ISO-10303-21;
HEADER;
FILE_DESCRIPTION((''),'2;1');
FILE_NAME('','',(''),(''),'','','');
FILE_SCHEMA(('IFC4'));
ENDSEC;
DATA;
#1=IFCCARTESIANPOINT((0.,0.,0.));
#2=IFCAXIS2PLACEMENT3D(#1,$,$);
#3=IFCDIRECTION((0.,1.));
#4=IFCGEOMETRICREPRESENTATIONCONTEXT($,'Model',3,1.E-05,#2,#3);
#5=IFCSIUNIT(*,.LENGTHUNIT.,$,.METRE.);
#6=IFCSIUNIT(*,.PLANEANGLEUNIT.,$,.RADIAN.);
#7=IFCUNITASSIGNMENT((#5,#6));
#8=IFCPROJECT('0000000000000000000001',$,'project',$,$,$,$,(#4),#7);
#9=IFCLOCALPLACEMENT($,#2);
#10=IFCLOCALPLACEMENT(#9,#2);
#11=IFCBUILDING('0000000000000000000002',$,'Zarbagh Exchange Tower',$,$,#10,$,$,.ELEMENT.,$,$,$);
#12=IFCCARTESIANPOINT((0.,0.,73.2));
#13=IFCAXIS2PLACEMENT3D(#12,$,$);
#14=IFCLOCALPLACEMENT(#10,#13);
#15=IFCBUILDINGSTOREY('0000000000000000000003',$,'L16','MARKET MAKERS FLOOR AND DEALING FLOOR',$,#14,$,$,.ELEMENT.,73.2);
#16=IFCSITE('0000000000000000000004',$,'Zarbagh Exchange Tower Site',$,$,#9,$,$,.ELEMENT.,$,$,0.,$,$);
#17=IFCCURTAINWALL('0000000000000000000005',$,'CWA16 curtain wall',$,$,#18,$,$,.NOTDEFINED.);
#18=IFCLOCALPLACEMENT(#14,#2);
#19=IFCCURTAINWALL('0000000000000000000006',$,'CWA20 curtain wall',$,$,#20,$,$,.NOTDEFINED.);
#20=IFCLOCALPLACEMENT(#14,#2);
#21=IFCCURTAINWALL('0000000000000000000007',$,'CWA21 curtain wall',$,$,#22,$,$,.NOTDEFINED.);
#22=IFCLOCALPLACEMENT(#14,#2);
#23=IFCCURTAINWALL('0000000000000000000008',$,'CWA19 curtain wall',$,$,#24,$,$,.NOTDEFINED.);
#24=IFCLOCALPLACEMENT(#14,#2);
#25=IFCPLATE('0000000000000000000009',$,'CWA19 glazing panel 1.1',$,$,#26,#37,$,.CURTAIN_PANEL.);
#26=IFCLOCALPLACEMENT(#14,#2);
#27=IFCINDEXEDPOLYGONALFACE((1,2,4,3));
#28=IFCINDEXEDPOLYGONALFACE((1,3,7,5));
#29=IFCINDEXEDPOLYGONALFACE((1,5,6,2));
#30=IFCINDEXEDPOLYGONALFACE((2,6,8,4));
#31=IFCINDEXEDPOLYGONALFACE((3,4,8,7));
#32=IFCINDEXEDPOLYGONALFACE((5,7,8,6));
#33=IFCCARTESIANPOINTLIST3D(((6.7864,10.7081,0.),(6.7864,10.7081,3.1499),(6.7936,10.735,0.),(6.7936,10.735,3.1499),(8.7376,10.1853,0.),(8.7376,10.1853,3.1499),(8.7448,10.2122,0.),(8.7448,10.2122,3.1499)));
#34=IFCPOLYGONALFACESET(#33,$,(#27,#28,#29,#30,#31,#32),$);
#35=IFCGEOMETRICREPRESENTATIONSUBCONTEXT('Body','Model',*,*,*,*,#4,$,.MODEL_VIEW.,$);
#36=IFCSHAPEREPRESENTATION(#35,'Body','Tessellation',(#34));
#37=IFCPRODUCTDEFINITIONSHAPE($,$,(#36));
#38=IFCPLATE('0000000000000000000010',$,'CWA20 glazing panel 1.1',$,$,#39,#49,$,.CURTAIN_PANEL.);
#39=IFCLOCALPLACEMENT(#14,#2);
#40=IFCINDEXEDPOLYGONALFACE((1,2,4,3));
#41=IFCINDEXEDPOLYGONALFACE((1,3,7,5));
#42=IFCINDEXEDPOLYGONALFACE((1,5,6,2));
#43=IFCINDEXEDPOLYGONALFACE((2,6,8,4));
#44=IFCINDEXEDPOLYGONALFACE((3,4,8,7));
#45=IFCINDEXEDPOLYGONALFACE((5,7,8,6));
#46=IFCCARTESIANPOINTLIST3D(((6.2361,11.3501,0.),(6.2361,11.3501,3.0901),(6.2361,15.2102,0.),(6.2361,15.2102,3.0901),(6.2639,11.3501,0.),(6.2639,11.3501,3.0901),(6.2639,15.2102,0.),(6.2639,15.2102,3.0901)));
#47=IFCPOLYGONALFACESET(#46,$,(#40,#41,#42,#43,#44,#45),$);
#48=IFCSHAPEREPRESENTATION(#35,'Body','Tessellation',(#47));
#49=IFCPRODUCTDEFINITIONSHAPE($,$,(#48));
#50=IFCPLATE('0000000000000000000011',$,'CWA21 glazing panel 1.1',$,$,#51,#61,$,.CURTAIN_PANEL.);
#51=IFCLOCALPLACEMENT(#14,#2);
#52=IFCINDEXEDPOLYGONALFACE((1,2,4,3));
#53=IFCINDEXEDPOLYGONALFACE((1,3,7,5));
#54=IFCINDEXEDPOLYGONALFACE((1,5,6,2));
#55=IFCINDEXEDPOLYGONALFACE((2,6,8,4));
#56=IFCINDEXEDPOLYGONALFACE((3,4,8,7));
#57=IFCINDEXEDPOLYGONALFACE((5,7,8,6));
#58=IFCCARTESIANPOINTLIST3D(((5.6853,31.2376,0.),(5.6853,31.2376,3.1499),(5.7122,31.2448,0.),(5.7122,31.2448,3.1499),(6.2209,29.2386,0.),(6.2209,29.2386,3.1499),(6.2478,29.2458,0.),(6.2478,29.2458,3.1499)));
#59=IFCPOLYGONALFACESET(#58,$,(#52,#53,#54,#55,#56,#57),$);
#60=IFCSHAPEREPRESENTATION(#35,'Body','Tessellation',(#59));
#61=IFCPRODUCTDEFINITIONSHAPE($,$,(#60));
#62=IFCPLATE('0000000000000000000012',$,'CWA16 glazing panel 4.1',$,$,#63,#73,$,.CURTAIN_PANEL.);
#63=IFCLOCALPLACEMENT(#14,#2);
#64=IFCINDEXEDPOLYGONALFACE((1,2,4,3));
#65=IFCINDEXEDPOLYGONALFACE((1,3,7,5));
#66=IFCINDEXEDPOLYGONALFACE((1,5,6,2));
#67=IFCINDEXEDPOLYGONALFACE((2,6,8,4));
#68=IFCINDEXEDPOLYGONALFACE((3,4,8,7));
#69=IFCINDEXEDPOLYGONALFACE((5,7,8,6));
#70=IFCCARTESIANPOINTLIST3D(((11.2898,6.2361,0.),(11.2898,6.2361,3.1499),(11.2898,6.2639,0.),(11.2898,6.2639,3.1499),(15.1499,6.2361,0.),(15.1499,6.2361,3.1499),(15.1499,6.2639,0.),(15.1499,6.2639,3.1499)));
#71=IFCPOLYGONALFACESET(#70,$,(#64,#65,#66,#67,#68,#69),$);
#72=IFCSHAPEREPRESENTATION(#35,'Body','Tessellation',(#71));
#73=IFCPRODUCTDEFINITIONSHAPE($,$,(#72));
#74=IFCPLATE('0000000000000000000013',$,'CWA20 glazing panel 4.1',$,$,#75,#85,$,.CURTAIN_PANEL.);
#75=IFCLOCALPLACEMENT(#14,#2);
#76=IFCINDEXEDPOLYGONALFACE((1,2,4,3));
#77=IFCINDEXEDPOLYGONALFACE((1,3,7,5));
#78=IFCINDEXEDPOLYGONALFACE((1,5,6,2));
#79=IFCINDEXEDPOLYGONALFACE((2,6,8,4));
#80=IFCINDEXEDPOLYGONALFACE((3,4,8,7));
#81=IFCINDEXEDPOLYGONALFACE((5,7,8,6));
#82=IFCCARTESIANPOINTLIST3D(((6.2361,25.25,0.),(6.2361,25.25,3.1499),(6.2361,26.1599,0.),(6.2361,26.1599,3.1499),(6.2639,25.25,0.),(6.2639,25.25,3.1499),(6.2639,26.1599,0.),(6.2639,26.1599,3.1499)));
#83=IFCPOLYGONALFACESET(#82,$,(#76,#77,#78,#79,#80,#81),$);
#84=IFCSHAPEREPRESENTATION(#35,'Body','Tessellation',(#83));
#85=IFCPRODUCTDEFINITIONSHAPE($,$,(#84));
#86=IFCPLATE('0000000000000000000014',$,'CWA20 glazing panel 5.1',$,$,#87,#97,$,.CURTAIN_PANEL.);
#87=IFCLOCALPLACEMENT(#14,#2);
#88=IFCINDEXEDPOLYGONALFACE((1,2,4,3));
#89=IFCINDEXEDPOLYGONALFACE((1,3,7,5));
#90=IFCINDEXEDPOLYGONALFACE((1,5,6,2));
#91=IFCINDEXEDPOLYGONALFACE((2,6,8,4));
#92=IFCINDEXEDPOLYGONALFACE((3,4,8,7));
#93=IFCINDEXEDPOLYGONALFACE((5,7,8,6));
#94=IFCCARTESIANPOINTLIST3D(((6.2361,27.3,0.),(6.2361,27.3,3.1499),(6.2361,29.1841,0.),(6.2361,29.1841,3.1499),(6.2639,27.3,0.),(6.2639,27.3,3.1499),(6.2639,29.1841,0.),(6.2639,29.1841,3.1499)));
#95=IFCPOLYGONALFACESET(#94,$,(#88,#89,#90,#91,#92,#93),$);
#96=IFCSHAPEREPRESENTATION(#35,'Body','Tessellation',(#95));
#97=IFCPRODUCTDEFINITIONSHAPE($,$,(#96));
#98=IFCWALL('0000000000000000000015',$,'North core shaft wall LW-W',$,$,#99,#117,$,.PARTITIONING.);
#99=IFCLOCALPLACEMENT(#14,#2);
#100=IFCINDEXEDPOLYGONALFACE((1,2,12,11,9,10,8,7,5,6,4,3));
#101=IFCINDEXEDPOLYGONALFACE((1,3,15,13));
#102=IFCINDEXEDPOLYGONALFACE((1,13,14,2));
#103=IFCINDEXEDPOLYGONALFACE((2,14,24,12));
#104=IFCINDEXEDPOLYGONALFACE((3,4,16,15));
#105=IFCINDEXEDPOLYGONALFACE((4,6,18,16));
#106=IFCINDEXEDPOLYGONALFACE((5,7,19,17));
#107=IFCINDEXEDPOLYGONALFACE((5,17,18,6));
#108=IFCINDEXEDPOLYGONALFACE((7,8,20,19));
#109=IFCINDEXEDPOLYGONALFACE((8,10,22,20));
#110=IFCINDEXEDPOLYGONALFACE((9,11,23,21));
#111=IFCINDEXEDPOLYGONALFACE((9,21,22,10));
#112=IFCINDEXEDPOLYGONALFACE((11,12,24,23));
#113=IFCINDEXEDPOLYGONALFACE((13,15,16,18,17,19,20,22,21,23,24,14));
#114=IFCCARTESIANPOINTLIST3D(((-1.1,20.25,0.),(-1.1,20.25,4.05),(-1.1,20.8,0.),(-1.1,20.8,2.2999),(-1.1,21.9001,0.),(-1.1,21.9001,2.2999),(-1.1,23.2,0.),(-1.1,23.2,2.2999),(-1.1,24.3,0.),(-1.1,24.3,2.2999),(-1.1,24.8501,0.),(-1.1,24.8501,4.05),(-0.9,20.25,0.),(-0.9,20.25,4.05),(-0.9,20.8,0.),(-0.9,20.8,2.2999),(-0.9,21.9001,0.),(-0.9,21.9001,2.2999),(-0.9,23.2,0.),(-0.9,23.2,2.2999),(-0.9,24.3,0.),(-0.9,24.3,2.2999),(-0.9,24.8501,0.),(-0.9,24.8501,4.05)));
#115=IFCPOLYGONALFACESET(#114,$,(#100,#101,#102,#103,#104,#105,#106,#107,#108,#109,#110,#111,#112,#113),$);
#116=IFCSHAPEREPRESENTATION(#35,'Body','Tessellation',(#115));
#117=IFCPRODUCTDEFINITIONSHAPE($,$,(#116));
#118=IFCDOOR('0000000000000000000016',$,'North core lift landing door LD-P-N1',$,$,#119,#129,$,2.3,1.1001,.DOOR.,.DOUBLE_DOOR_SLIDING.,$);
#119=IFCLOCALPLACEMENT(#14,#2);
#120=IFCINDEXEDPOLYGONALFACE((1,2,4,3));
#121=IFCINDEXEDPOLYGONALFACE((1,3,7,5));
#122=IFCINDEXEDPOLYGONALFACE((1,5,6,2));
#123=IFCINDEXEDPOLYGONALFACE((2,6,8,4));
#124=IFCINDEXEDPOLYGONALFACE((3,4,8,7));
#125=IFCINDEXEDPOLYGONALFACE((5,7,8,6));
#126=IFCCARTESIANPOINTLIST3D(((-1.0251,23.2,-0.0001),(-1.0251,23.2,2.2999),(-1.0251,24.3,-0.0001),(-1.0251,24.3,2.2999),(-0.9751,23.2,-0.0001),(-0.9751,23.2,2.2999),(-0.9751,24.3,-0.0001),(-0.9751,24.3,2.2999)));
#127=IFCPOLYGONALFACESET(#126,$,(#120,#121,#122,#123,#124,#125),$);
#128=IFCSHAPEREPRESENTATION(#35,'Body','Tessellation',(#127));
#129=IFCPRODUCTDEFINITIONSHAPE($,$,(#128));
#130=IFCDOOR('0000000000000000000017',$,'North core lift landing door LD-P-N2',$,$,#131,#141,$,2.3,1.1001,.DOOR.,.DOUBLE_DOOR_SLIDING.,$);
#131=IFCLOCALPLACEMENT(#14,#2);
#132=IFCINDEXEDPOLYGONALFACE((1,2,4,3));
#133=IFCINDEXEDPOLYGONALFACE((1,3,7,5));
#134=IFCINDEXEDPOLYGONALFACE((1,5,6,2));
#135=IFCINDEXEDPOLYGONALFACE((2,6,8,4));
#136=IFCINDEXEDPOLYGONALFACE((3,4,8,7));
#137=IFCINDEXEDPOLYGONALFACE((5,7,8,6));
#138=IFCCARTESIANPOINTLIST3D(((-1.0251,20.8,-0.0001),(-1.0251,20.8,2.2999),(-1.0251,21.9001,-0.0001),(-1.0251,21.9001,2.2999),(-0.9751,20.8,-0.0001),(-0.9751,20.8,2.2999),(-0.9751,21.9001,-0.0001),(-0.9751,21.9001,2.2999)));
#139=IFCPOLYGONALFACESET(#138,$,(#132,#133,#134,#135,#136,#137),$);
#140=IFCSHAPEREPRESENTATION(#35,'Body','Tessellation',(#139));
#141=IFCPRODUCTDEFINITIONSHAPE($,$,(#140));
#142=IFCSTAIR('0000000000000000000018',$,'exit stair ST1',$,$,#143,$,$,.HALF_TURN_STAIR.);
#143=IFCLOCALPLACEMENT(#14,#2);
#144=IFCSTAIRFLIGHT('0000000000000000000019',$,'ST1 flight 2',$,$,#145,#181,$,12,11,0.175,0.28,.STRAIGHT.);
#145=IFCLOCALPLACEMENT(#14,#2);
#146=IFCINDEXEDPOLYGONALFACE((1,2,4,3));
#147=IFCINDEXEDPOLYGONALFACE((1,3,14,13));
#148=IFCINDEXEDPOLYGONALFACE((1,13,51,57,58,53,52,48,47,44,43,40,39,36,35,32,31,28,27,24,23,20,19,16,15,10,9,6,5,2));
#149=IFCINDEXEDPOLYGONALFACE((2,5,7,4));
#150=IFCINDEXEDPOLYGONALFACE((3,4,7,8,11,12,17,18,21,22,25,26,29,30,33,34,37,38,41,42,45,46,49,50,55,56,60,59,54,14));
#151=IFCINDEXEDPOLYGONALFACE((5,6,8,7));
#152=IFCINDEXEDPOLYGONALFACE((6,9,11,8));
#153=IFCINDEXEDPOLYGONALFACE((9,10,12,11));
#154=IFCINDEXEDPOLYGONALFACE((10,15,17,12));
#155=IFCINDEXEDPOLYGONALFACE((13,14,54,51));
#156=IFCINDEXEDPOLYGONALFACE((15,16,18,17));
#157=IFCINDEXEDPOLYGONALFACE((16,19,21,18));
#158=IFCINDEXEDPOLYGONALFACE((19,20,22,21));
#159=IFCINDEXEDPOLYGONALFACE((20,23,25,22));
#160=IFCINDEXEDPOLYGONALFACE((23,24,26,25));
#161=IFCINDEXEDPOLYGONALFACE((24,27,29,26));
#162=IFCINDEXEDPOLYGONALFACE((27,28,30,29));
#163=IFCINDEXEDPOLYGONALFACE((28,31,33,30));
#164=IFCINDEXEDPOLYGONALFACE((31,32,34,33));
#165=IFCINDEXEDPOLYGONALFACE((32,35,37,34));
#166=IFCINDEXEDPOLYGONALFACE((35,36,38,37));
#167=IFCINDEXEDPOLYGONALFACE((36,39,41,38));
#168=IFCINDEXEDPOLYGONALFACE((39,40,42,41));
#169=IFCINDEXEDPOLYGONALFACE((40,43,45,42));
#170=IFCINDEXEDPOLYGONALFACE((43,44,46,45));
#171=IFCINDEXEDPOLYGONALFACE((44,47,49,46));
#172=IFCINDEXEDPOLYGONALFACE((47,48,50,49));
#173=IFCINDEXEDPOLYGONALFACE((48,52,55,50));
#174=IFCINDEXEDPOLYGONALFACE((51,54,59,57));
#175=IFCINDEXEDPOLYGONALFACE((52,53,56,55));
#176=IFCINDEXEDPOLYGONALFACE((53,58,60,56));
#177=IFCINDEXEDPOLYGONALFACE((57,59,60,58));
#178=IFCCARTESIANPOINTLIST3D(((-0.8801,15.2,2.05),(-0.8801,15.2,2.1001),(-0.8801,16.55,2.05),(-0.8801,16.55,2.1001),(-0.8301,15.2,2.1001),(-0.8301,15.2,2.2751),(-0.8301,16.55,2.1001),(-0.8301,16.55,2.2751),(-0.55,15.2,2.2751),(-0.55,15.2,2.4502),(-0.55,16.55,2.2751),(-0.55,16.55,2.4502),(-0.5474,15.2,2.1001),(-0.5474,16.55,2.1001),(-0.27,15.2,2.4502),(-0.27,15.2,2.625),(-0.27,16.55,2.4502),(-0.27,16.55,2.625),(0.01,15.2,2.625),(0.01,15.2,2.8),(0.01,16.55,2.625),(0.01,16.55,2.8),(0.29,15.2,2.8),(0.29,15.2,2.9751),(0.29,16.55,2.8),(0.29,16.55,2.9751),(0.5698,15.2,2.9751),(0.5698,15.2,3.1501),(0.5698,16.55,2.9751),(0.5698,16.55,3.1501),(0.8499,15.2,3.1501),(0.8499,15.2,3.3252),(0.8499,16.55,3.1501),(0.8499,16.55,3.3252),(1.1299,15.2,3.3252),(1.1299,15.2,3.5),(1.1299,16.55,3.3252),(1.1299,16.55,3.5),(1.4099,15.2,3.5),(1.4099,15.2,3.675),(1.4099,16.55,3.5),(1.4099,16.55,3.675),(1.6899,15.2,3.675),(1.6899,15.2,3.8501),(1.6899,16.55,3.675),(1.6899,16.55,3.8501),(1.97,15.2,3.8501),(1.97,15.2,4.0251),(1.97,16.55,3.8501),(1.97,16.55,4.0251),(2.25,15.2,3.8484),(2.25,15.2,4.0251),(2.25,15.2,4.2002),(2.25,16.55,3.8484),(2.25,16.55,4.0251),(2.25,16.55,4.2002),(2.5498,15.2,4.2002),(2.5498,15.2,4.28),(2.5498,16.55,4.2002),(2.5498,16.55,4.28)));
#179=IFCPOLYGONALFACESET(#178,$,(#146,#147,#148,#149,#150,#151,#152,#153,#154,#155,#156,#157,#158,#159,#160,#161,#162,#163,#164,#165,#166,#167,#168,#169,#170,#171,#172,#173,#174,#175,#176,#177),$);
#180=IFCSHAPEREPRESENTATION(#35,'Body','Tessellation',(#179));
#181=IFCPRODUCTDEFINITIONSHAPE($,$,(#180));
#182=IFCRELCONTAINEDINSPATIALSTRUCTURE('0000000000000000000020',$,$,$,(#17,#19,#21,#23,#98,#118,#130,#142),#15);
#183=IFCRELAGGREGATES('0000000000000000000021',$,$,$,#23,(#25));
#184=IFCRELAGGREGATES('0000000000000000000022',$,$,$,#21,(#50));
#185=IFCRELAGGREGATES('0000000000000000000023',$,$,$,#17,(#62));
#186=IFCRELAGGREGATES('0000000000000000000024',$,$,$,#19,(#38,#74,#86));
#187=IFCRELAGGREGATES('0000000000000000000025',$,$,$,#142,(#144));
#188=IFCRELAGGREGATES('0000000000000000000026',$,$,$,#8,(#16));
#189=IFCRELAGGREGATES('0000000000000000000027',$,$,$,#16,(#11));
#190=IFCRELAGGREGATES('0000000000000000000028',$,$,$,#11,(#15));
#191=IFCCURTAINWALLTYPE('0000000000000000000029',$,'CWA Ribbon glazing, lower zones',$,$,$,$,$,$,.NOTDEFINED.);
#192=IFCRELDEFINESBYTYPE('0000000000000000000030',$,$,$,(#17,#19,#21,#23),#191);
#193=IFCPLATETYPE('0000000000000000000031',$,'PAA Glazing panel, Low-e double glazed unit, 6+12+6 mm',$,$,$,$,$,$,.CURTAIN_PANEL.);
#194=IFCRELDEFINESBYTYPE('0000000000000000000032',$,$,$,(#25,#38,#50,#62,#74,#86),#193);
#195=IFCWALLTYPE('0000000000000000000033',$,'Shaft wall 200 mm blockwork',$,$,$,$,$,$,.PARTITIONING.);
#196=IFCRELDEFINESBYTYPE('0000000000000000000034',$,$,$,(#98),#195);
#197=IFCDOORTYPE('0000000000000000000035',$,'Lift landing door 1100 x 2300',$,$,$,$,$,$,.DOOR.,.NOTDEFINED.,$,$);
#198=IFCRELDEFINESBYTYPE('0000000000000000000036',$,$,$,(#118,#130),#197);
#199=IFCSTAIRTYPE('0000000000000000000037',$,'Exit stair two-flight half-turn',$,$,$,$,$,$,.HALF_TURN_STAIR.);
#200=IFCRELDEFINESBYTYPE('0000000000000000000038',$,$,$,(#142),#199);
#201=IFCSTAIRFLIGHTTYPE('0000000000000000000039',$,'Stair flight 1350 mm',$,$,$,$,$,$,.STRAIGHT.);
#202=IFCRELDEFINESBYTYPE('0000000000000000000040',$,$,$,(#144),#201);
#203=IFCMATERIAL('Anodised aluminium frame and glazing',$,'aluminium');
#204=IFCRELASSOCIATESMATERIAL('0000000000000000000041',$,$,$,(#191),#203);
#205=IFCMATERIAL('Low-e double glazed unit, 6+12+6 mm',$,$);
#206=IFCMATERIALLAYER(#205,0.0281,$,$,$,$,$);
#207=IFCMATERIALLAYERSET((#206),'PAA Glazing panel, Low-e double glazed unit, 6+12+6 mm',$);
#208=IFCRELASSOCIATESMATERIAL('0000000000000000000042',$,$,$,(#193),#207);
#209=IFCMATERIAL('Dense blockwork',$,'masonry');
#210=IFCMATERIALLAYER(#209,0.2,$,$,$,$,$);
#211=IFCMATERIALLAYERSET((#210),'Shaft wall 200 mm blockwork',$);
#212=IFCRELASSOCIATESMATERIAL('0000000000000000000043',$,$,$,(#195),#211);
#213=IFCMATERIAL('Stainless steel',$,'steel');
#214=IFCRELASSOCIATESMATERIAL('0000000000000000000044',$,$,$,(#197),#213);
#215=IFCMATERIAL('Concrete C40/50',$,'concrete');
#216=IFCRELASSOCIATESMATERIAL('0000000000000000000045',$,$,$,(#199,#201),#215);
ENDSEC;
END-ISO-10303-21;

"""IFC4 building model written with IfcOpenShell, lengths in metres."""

from ifc_helpers import new_model, si_unit, direction, frame, frame_2d, origin, place, context, subcontext, project, spatial, polyline, rectangle, outline, extrude, source, transform, mapped, material, layer, layer_set, type_object, element, fill, aggregate, save


model = new_model("IFC4")

# Units and contexts
model_context = context("Model", 3, precision=1e-05, world=origin(), true_north=direction((0.0, 1.0)))
body_context = subcontext(model_context, "Body", "Model", "MODEL_VIEW")
ifc_project = project(units=[si_unit("LENGTHUNIT", "METRE"), si_unit("PLANEANGLEUNIT", "RADIAN")], contexts=[model_context])

# Site, building, storey
site_placement = place(None, origin())
site = spatial("IfcSite", under=ifc_project, at=site_placement, Name="Zarbagh Exchange Tower Site", CompositionType="ELEMENT", RefElevation=0.0)
building_placement = place(site_placement, origin())
building = spatial("IfcBuilding", under=site, at=building_placement, Name="Zarbagh Exchange Tower", CompositionType="ELEMENT")
storey_placement = place(building_placement, frame((0.0, 0.0, 73.2)))
storey = spatial("IfcBuildingStorey", under=building, at=storey_placement, Name="L16", Description="MARKET MAKERS FLOOR AND DEALING FLOOR", CompositionType="ELEMENT", Elevation=73.2)

# Curtain wall
ifc_material_1 = material(Name="Anodised aluminium frame and glazing", Category="aluminium")
curtain_wall_type = type_object("IfcCurtainWallType", Name="CWA Ribbon glazing, lower zones", PredefinedType="NOTDEFINED", material=ifc_material_1)
curtain_wall_1_placement = place(storey_placement, origin())
curtain_wall_1 = element("IfcCurtainWall", 1, at=curtain_wall_1_placement, inside=storey, type_object=curtain_wall_type, Name="CWA16 curtain wall", PredefinedType="NOTDEFINED")
placement = place(storey_placement, origin())

# Curtain wall
curtain_wall_2_placement = place(storey_placement, origin())
curtain_wall_2 = element("IfcCurtainWall", 2, at=curtain_wall_2_placement, inside=storey, type_object=curtain_wall_type, Name="CWA20 curtain wall", PredefinedType="NOTDEFINED")

# Curtain wall
curtain_wall_3_placement = place(storey_placement, origin())
curtain_wall_3 = element("IfcCurtainWall", 3, at=curtain_wall_3_placement, inside=storey, type_object=curtain_wall_type, Name="CWA21 curtain wall", PredefinedType="NOTDEFINED")

# Shared definitions
ifc_material_2 = material(Name="Low-e double glazed unit, 6+12+6 mm")
ifc_layer_1 = layer(ifc_material_2, 0.0281)
ifc_layer_set_1 = layer_set([ifc_layer_1], Name="PAA Glazing panel, Low-e double glazed unit, 6+12+6 mm")
plate_type = type_object("IfcPlateType", Name="PAA Glazing panel, Low-e double glazed unit, 6+12+6 mm", PredefinedType="CURTAIN_PANEL", material=ifc_layer_set_1)

# Curtain wall, plate
curtain_wall_4_placement = place(storey_placement, origin())
curtain_wall_4 = element("IfcCurtainWall", 4, at=curtain_wall_4_placement, inside=storey, type_object=curtain_wall_type, Name="CWA19 curtain wall", PredefinedType="NOTDEFINED")
shared_shape_1 = source(origin(), body_context, "Body", "SweptSolid", [
    extrude(outline(polyline([(0.0, -0.0139), (2.02, -0.0139), (2.02, 0.0139), (0.0, 0.0139), (0.0, -0.0139)])), origin(), (0.0, 0.0, 1.0), 3.1499),
])
plate_1 = element("IfcPlate", 5, at=placement, type_object=plate_type, Name="CWA19 glazing panel 1.1", PredefinedType="CURTAIN_PANEL", context=body_context, shape_type="MappedRepresentation", body=[
    mapped(shared_shape_1, transform((8.7412, 10.1987, 0.0), x_axis=(-0.965924, 0.258825, 0.0), y_axis=(-0.258825, -0.965924, 0.0), z_axis=(0.0, 0.0, 1.0))),
])
aggregate(curtain_wall_4, [plate_1])

# Plates
shared_shape_2 = source(origin(), body_context, "Body", "SweptSolid", [
    extrude(outline(polyline([(0.0, -0.0139), (3.8601, -0.0139), (3.8601, 0.0139), (0.0, 0.0139), (0.0, -0.0139)])), origin(), (0.0, 0.0, 1.0), 3.0901),
])
plate_2 = element("IfcPlate", 6, at=placement, type_object=plate_type, Name="CWA20 glazing panel 1.1", PredefinedType="CURTAIN_PANEL", context=body_context, shape_type="MappedRepresentation", body=[
    mapped(shared_shape_2, transform((6.25, 11.3501, 0.0), x_axis=(0.0, 1.0, 0.0), y_axis=(-1.0, 0.0, 0.0), z_axis=(0.0, 0.0, 1.0))),
])
shared_shape_3 = source(origin(), body_context, "Body", "SweptSolid", [
    extrude(outline(polyline([(0.0, -0.0139), (2.0696, -0.0139), (2.0696, 0.0139), (0.0, 0.0139), (0.0, -0.0139)])), origin(), (0.0, 0.0, 1.0), 3.1499),
])
plate_3 = element("IfcPlate", 7, at=placement, type_object=plate_type, Name="CWA21 glazing panel 1.1", PredefinedType="CURTAIN_PANEL", context=body_context, shape_type="MappedRepresentation", body=[
    mapped(shared_shape_3, transform((6.2344, 29.2422, 0.0), x_axis=(-0.258825, 0.965924, 0.0), y_axis=(-0.965924, -0.258825, 0.0), z_axis=(0.0, 0.0, 1.0))),
])
aggregate(curtain_wall_3, [plate_3])
shared_shape_4 = source(origin(), body_context, "Body", "SweptSolid", [
    extrude(outline(polyline([(0.0, -0.0139), (3.8601, -0.0139), (3.8601, 0.0139), (0.0, 0.0139), (0.0, -0.0139)])), origin(), (0.0, 0.0, 1.0), 3.1499),
])
plate_4 = element("IfcPlate", 8, at=placement, type_object=plate_type, Name="CWA16 glazing panel 4.1", PredefinedType="CURTAIN_PANEL", context=body_context, shape_type="MappedRepresentation", body=[
    mapped(shared_shape_4, transform((15.1499, 6.25, 0.0), x_axis=(-1.0, 0.0, 0.0), y_axis=(0.0, -1.0, 0.0), z_axis=(0.0, 0.0, 1.0))),
])
aggregate(curtain_wall_1, [plate_4])
shared_shape_5 = source(origin(), body_context, "Body", "SweptSolid", [
    extrude(outline(polyline([(0.0, -0.0139), (0.9099, -0.0139), (0.9099, 0.0139), (0.0, 0.0139), (0.0, -0.0139)])), origin(), (0.0, 0.0, 1.0), 3.1499),
])
plate_5 = element("IfcPlate", 9, at=placement, type_object=plate_type, Name="CWA20 glazing panel 4.1", PredefinedType="CURTAIN_PANEL", context=body_context, shape_type="MappedRepresentation", body=[
    mapped(shared_shape_5, transform((6.25, 25.25, 0.0), x_axis=(0.0, 1.0, 0.0), y_axis=(-1.0, 0.0, 0.0), z_axis=(0.0, 0.0, 1.0))),
])
shared_shape_6 = source(origin(), body_context, "Body", "SweptSolid", [
    extrude(outline(polyline([(0.0, -0.0139), (1.884, -0.0139), (1.884, 0.0139), (0.0, 0.0139), (0.0, -0.0139)])), origin(), (0.0, 0.0, 1.0), 3.1499),
])
plate_6 = element("IfcPlate", 10, at=placement, type_object=plate_type, Name="CWA20 glazing panel 5.1", PredefinedType="CURTAIN_PANEL", context=body_context, shape_type="MappedRepresentation", body=[
    mapped(shared_shape_6, transform((6.25, 27.3, 0.0), x_axis=(0.0, 1.0, 0.0), y_axis=(-1.0, 0.0, 0.0), z_axis=(0.0, 0.0, 1.0))),
])
aggregate(curtain_wall_2, [plate_2, plate_5, plate_6])

# Wall, openings, doors
ifc_material_3 = material(Name="Dense blockwork", Category="masonry")
ifc_layer_2 = layer(ifc_material_3, 0.2)
ifc_layer_set_2 = layer_set([ifc_layer_2], Name="Shaft wall 200 mm blockwork")
wall_type = type_object("IfcWallType", Name="Shaft wall 200 mm blockwork", PredefinedType="PARTITIONING", material=ifc_layer_set_2)
wall_placement = place(storey_placement, frame((-1.0, 24.8501, 0.0), z_axis=(0.0, 0.0, 1.0), x_axis=(0.0, -1.0, 0.0)))
wall = element("IfcWall", 11, at=wall_placement, inside=storey, type_object=wall_type, Name="North core shaft wall LW-W", PredefinedType="PARTITIONING", context=body_context, shape_type="SweptSolid", body=[
    extrude(rectangle(XDim=4.6001, YDim=0.2, at=frame_2d((2.3, 0.0))), origin(), (0.0, 0.0, 1.0), 4.05),
])
opening_1_placement = place(wall_placement, frame((0.55, 0.0, 0.0)))
opening_1 = element("IfcOpeningElement", 12, at=opening_1_placement, cuts=wall, PredefinedType="OPENING", context=body_context, shape_type="SweptSolid", body=[
    extrude(rectangle(XDim=1.1001, YDim=2.3, at=frame_2d((0.55, 1.1499))), frame((0.0, 0.1099, 0.0), z_axis=(0.0, -1.0, 0.0), x_axis=(1.0, 0.0, 0.0)), (0.0, 0.0, 1.0), 0.22),
])
opening_2_placement = place(wall_placement, frame((2.95, 0.0, 0.0)))
opening_2 = element("IfcOpeningElement", 13, at=opening_2_placement, cuts=wall, PredefinedType="OPENING", context=body_context, shape_type="SweptSolid", body=[
    extrude(rectangle(XDim=1.1001, YDim=2.3, at=frame_2d((0.55, 1.1499))), frame((0.0, 0.1099, 0.0), z_axis=(0.0, -1.0, 0.0), x_axis=(1.0, 0.0, 0.0)), (0.0, 0.0, 1.0), 0.22),
])
ifc_material_4 = material(Name="Stainless steel", Category="steel")
door_type = type_object("IfcDoorType", Name="Lift landing door 1100 x 2300", OperationType="NOTDEFINED", PredefinedType="DOOR", material=ifc_material_4)
door_1_placement = place(opening_1_placement, origin())
door_1 = element("IfcDoor", 14, at=door_1_placement, inside=storey, type_object=door_type, Name="North core lift landing door LD-P-N1", OperationType="DOUBLE_DOOR_SLIDING", OverallHeight=2.3, OverallWidth=1.1001, PredefinedType="DOOR", context=body_context, shape_type="SweptSolid", body=[
    extrude(rectangle(XDim=1.1001, YDim=2.3, at=frame_2d((0.55, 1.1499))), frame((0.0, 0.0249, 0.0), z_axis=(0.0, -1.0, 0.0), x_axis=(1.0, 0.0, 0.0)), (0.0, 0.0, 1.0), 0.05),
])
fill(opening_1, door_1)
door_2_placement = place(opening_2_placement, origin())
door_2 = element("IfcDoor", 15, at=door_2_placement, inside=storey, type_object=door_type, Name="North core lift landing door LD-P-N2", OperationType="DOUBLE_DOOR_SLIDING", OverallHeight=2.3, OverallWidth=1.1001, PredefinedType="DOOR", context=body_context, shape_type="SweptSolid", body=[
    extrude(rectangle(XDim=1.1001, YDim=2.3, at=frame_2d((0.55, 1.1499))), frame((0.0, 0.0249, 0.0), z_axis=(0.0, -1.0, 0.0), x_axis=(1.0, 0.0, 0.0)), (0.0, 0.0, 1.0), 0.05),
])
fill(opening_2, door_2)

# Stair, stair flight
ifc_material_5 = material(Name="Concrete C40/50", Category="concrete")
stair_type = type_object("IfcStairType", Name="Exit stair two-flight half-turn", PredefinedType="HALF_TURN_STAIR", material=ifc_material_5)
stair_placement = place(storey_placement, origin())
stair = element("IfcStair", 16, at=stair_placement, inside=storey, type_object=stair_type, Name="exit stair ST1", PredefinedType="HALF_TURN_STAIR")
stair_flight_type = type_object("IfcStairFlightType", Name="Stair flight 1350 mm", PredefinedType="STRAIGHT", material=ifc_material_5)
stair_flight_placement = place(storey_placement, frame((-0.8301, 15.875, 2.1001), z_axis=(0.0, 0.0, 1.0), x_axis=(1.0, 0.0, 0.0)))
stair_flight = element("IfcStairFlight", 17, at=stair_flight_placement, type_object=stair_flight_type, Name="ST1 flight 2", NumberOfRisers=12, NumberOfTreads=11, PredefinedType="STRAIGHT", RiserHeight=0.175, TreadLength=0.28, context=body_context, shape_type="SweptSolid", body=[
    extrude(outline(polyline([(-0.05, -0.05), (-0.05, 0.0), (0.0, 0.0), (0.0, 0.175), (0.28, 0.175), (0.28, 0.3501), (0.5601, 0.3501), (0.5601, 0.5249), (0.8401, 0.5249), (0.8401, 0.7), (1.1201, 0.7), (1.1201, 0.875), (1.3999, 0.875), (1.3999, 1.05), (1.6799, 1.05), (1.6799, 1.2251), (1.96, 1.2251), (1.96, 1.3999), (2.24, 1.3999), (2.24, 1.575), (2.52, 1.575), (2.52, 1.75), (2.8, 1.75), (2.8, 1.925), (3.0801, 1.925), (3.0801, 2.1001), (3.3799, 2.1799), (3.3799, 2.1001), (3.0801, 1.7483), (0.2827, 0.0), (-0.05, -0.05)])), frame((0.0, 0.675, 0.0), z_axis=(0.0, -1.0, 0.0), x_axis=(1.0, 0.0, 0.0)), (0.0, 0.0, 1.0), 1.3501),
])
aggregate(stair, [stair_flight])

save(model, "model.ifc")
